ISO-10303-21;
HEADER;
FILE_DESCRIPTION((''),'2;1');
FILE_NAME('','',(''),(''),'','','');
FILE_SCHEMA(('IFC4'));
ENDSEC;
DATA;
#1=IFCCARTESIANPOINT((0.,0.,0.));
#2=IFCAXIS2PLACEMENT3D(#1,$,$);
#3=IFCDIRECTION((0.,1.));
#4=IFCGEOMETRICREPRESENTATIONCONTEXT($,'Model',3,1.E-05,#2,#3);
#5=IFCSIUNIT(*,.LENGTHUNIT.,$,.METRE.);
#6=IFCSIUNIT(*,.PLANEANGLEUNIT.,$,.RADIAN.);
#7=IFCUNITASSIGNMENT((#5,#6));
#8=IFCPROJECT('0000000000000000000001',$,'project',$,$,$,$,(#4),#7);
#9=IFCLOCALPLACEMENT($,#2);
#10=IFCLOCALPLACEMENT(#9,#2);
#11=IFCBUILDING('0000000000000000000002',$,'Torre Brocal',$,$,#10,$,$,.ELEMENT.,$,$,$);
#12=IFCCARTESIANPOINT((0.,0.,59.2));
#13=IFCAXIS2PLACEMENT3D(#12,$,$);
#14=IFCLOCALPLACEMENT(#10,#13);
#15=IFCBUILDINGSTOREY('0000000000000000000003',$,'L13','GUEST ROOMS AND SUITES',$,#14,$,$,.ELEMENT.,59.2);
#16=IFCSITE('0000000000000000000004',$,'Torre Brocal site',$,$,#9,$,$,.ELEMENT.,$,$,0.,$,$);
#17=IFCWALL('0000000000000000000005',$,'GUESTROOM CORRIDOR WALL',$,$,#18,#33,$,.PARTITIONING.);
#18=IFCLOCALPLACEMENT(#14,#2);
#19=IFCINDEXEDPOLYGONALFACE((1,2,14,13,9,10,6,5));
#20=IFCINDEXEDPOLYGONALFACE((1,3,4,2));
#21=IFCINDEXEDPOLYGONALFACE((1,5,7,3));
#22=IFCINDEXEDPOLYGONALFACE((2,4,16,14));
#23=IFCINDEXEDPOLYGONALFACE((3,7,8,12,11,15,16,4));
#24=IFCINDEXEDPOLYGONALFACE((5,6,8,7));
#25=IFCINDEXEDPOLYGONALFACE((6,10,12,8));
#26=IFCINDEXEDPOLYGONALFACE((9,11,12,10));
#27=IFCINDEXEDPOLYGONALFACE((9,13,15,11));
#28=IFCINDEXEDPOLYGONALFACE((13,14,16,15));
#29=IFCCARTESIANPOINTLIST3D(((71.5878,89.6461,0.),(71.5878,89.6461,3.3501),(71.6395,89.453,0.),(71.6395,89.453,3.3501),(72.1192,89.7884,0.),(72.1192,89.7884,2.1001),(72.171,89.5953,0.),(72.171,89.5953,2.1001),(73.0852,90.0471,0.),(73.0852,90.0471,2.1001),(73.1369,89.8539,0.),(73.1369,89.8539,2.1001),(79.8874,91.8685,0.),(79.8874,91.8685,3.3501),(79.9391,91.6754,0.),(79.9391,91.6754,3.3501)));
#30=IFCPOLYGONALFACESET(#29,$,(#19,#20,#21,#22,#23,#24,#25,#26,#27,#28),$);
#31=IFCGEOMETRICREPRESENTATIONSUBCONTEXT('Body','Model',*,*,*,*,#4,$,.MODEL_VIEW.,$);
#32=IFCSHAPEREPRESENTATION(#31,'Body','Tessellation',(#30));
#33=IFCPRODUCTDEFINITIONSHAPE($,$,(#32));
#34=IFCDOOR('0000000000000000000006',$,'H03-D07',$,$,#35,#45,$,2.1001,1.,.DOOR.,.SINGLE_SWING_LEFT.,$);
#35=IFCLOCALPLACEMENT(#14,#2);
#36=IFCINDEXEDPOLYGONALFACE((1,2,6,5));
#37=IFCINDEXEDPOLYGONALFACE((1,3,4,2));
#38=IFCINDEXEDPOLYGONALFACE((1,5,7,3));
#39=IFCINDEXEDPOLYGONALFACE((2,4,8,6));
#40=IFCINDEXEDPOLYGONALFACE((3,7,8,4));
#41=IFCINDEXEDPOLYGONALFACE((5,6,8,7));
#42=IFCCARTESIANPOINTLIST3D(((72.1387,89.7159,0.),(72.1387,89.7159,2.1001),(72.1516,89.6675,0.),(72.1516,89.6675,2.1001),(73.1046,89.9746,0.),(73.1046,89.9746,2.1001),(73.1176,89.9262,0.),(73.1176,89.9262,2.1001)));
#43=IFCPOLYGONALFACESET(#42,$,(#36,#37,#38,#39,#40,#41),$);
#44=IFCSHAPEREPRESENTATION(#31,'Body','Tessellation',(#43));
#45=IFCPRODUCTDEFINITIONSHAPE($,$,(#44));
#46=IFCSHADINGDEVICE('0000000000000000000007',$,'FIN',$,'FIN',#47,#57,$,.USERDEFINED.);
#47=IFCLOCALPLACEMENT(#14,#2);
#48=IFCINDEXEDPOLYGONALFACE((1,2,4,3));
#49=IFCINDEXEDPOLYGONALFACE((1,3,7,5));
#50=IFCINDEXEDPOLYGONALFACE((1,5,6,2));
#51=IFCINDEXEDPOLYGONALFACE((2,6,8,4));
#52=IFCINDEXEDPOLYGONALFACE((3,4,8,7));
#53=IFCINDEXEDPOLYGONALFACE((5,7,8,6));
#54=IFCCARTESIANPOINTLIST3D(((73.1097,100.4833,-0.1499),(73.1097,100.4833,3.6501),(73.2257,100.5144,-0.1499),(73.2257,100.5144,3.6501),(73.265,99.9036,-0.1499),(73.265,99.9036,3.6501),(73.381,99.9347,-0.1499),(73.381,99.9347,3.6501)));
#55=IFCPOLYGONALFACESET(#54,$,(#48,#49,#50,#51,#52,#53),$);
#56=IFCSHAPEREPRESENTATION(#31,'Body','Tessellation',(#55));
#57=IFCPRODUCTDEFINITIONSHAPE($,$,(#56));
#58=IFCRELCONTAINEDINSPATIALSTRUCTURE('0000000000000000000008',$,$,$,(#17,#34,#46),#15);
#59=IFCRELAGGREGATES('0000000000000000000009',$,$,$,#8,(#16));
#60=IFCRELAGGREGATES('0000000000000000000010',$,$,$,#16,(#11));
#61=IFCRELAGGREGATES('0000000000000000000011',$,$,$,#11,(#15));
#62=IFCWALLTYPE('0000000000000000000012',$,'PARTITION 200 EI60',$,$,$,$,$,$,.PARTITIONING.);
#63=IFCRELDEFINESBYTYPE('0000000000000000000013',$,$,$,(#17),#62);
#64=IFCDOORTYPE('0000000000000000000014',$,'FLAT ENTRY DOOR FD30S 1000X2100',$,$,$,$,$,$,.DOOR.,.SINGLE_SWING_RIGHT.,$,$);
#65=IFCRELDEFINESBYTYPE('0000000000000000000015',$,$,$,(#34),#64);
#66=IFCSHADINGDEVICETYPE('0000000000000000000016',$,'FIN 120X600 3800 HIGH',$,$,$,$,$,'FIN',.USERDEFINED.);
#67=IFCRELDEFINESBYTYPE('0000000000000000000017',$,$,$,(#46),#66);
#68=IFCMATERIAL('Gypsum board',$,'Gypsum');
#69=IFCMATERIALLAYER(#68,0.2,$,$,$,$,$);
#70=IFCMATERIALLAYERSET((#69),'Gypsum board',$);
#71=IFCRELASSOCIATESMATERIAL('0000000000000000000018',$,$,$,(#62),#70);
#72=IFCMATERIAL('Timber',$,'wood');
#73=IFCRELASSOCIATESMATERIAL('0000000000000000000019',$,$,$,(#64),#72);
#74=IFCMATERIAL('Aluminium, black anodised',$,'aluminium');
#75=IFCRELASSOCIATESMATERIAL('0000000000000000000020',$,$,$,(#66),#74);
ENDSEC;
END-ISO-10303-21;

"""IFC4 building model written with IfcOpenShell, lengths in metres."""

from ifc_helpers import new_model, si_unit, direction, frame, frame_2d, origin, origin_2d, place, context, subcontext, project, spatial, rectangle, extrude, material, layer, layer_set, material_profile, profile_set, type_object, element, fill, save


model = new_model("IFC4")

# Units and contexts
model_context = context("Model", 3, precision=1e-05, world=origin(), true_north=direction((0.0, 1.0)))
body_context = subcontext(model_context, "Body", "Model", "MODEL_VIEW")
ifc_project = project(units=[si_unit("LENGTHUNIT", "METRE"), si_unit("PLANEANGLEUNIT", "RADIAN")], contexts=[model_context])

# Site, building, storey
site_placement = place(None, origin())
site = spatial("IfcSite", under=ifc_project, at=site_placement, Name="Torre Brocal site", CompositionType="ELEMENT", RefElevation=0.0)
building_placement = place(site_placement, origin())
building = spatial("IfcBuilding", under=site, at=building_placement, Name="Torre Brocal", CompositionType="ELEMENT")
storey_placement = place(building_placement, frame((0.0, 0.0, 59.2)))
storey = spatial("IfcBuildingStorey", under=building, at=storey_placement, Name="L13", Description="GUEST ROOMS AND SUITES", CompositionType="ELEMENT", Elevation=59.2)

# Wall, opening, door
ifc_material_1 = material(Name="Gypsum board", Category="Gypsum")
ifc_layer_1 = layer(ifc_material_1, 0.2)
ifc_layer_set_1 = layer_set([ifc_layer_1], Name="Gypsum board")
wall_type_1 = type_object("IfcWallType", Name="PARTITION 200 EI60", PredefinedType="PARTITIONING", material=ifc_layer_set_1)
wall_1_placement = place(storey_placement, frame((71.6138, 89.5496, 0.0), z_axis=(0.0, 0.0, 1.0), x_axis=(0.965968, 0.258662, 0.0)))
wall_1 = element("IfcWall", 1, at=wall_1_placement, inside=storey, type_object=wall_type_1, Name="GUESTROOM CORRIDOR WALL", PredefinedType="PARTITIONING", context=body_context, shape_type="SweptSolid", body=[
    extrude(rectangle(XDim=8.592, YDim=0.2, at=frame_2d((4.2959, 0.0))), origin(), (0.0, 0.0, 1.0), 3.3501),
])
opening_1_placement = place(wall_1_placement, frame((0.55, 0.0, 0.0)))
opening_1 = element("IfcOpeningElement", 2, at=opening_1_placement, cuts=wall_1, PredefinedType="OPENING", context=body_context, shape_type="SweptSolid", body=[
    extrude(rectangle(XDim=1.0, YDim=2.1001, at=frame_2d((0.5, 1.05))), frame((0.0, 0.1099, 0.0), z_axis=(0.0, -1.0, 0.0), x_axis=(1.0, 0.0, 0.0)), (0.0, 0.0, 1.0), 0.22),
])
ifc_material_2 = material(Name="Timber", Category="wood")
door_type_1 = type_object("IfcDoorType", Name="FLAT ENTRY DOOR FD30S 1000X2100", OperationType="SINGLE_SWING_RIGHT", PredefinedType="DOOR", material=ifc_material_2)
door_1_placement = place(opening_1_placement, origin())
door_1 = element("IfcDoor", 3, at=door_1_placement, inside=storey, type_object=door_type_1, Name="H03-D07", OperationType="SINGLE_SWING_LEFT", OverallHeight=2.1001, OverallWidth=1.0, PredefinedType="DOOR", context=body_context, shape_type="SweptSolid", body=[
    extrude(rectangle(XDim=1.0, YDim=2.1001, at=frame_2d((0.5, 1.05))), frame((0.0, 0.0249, 0.0), z_axis=(0.0, -1.0, 0.0), x_axis=(1.0, 0.0, 0.0)), (0.0, 0.0, 1.0), 0.05),
])
fill(opening_1, door_1)

# Shading device
ifc_material_3 = material(Name="Aluminium, black anodised", Category="aluminium")
ifc_material_profile_1 = material_profile(ifc_material_3, rectangle(XDim=0.1201, YDim=0.6001, at=origin_2d()), Name="FIN 120X600 3800 HIGH")
ifc_profile_set_1 = profile_set([ifc_material_profile_1], Name="Aluminium, black anodised")
shading_device_type = type_object("IfcShadingDeviceType", Name="FIN 120X600 3800 HIGH", ElementType="FIN", PredefinedType="USERDEFINED", material=ifc_profile_set_1)
shading_device_placement = place(storey_placement, frame((73.2454, 100.209, -0.1499), z_axis=(0.0, 0.0, 1.0), x_axis=(-0.965926, -0.258819, 0.0)))
element("IfcShadingDevice", 4, at=shading_device_placement, inside=storey, type_object=shading_device_type, Name="FIN", ObjectType="FIN", PredefinedType="USERDEFINED", context=body_context, shape_type="SweptSolid", body=[
    extrude(rectangle(XDim=0.1201, YDim=0.6001, at=origin_2d()), origin(), (0.0, 0.0, 1.0), 3.8),
])

save(model, "model.ifc")
